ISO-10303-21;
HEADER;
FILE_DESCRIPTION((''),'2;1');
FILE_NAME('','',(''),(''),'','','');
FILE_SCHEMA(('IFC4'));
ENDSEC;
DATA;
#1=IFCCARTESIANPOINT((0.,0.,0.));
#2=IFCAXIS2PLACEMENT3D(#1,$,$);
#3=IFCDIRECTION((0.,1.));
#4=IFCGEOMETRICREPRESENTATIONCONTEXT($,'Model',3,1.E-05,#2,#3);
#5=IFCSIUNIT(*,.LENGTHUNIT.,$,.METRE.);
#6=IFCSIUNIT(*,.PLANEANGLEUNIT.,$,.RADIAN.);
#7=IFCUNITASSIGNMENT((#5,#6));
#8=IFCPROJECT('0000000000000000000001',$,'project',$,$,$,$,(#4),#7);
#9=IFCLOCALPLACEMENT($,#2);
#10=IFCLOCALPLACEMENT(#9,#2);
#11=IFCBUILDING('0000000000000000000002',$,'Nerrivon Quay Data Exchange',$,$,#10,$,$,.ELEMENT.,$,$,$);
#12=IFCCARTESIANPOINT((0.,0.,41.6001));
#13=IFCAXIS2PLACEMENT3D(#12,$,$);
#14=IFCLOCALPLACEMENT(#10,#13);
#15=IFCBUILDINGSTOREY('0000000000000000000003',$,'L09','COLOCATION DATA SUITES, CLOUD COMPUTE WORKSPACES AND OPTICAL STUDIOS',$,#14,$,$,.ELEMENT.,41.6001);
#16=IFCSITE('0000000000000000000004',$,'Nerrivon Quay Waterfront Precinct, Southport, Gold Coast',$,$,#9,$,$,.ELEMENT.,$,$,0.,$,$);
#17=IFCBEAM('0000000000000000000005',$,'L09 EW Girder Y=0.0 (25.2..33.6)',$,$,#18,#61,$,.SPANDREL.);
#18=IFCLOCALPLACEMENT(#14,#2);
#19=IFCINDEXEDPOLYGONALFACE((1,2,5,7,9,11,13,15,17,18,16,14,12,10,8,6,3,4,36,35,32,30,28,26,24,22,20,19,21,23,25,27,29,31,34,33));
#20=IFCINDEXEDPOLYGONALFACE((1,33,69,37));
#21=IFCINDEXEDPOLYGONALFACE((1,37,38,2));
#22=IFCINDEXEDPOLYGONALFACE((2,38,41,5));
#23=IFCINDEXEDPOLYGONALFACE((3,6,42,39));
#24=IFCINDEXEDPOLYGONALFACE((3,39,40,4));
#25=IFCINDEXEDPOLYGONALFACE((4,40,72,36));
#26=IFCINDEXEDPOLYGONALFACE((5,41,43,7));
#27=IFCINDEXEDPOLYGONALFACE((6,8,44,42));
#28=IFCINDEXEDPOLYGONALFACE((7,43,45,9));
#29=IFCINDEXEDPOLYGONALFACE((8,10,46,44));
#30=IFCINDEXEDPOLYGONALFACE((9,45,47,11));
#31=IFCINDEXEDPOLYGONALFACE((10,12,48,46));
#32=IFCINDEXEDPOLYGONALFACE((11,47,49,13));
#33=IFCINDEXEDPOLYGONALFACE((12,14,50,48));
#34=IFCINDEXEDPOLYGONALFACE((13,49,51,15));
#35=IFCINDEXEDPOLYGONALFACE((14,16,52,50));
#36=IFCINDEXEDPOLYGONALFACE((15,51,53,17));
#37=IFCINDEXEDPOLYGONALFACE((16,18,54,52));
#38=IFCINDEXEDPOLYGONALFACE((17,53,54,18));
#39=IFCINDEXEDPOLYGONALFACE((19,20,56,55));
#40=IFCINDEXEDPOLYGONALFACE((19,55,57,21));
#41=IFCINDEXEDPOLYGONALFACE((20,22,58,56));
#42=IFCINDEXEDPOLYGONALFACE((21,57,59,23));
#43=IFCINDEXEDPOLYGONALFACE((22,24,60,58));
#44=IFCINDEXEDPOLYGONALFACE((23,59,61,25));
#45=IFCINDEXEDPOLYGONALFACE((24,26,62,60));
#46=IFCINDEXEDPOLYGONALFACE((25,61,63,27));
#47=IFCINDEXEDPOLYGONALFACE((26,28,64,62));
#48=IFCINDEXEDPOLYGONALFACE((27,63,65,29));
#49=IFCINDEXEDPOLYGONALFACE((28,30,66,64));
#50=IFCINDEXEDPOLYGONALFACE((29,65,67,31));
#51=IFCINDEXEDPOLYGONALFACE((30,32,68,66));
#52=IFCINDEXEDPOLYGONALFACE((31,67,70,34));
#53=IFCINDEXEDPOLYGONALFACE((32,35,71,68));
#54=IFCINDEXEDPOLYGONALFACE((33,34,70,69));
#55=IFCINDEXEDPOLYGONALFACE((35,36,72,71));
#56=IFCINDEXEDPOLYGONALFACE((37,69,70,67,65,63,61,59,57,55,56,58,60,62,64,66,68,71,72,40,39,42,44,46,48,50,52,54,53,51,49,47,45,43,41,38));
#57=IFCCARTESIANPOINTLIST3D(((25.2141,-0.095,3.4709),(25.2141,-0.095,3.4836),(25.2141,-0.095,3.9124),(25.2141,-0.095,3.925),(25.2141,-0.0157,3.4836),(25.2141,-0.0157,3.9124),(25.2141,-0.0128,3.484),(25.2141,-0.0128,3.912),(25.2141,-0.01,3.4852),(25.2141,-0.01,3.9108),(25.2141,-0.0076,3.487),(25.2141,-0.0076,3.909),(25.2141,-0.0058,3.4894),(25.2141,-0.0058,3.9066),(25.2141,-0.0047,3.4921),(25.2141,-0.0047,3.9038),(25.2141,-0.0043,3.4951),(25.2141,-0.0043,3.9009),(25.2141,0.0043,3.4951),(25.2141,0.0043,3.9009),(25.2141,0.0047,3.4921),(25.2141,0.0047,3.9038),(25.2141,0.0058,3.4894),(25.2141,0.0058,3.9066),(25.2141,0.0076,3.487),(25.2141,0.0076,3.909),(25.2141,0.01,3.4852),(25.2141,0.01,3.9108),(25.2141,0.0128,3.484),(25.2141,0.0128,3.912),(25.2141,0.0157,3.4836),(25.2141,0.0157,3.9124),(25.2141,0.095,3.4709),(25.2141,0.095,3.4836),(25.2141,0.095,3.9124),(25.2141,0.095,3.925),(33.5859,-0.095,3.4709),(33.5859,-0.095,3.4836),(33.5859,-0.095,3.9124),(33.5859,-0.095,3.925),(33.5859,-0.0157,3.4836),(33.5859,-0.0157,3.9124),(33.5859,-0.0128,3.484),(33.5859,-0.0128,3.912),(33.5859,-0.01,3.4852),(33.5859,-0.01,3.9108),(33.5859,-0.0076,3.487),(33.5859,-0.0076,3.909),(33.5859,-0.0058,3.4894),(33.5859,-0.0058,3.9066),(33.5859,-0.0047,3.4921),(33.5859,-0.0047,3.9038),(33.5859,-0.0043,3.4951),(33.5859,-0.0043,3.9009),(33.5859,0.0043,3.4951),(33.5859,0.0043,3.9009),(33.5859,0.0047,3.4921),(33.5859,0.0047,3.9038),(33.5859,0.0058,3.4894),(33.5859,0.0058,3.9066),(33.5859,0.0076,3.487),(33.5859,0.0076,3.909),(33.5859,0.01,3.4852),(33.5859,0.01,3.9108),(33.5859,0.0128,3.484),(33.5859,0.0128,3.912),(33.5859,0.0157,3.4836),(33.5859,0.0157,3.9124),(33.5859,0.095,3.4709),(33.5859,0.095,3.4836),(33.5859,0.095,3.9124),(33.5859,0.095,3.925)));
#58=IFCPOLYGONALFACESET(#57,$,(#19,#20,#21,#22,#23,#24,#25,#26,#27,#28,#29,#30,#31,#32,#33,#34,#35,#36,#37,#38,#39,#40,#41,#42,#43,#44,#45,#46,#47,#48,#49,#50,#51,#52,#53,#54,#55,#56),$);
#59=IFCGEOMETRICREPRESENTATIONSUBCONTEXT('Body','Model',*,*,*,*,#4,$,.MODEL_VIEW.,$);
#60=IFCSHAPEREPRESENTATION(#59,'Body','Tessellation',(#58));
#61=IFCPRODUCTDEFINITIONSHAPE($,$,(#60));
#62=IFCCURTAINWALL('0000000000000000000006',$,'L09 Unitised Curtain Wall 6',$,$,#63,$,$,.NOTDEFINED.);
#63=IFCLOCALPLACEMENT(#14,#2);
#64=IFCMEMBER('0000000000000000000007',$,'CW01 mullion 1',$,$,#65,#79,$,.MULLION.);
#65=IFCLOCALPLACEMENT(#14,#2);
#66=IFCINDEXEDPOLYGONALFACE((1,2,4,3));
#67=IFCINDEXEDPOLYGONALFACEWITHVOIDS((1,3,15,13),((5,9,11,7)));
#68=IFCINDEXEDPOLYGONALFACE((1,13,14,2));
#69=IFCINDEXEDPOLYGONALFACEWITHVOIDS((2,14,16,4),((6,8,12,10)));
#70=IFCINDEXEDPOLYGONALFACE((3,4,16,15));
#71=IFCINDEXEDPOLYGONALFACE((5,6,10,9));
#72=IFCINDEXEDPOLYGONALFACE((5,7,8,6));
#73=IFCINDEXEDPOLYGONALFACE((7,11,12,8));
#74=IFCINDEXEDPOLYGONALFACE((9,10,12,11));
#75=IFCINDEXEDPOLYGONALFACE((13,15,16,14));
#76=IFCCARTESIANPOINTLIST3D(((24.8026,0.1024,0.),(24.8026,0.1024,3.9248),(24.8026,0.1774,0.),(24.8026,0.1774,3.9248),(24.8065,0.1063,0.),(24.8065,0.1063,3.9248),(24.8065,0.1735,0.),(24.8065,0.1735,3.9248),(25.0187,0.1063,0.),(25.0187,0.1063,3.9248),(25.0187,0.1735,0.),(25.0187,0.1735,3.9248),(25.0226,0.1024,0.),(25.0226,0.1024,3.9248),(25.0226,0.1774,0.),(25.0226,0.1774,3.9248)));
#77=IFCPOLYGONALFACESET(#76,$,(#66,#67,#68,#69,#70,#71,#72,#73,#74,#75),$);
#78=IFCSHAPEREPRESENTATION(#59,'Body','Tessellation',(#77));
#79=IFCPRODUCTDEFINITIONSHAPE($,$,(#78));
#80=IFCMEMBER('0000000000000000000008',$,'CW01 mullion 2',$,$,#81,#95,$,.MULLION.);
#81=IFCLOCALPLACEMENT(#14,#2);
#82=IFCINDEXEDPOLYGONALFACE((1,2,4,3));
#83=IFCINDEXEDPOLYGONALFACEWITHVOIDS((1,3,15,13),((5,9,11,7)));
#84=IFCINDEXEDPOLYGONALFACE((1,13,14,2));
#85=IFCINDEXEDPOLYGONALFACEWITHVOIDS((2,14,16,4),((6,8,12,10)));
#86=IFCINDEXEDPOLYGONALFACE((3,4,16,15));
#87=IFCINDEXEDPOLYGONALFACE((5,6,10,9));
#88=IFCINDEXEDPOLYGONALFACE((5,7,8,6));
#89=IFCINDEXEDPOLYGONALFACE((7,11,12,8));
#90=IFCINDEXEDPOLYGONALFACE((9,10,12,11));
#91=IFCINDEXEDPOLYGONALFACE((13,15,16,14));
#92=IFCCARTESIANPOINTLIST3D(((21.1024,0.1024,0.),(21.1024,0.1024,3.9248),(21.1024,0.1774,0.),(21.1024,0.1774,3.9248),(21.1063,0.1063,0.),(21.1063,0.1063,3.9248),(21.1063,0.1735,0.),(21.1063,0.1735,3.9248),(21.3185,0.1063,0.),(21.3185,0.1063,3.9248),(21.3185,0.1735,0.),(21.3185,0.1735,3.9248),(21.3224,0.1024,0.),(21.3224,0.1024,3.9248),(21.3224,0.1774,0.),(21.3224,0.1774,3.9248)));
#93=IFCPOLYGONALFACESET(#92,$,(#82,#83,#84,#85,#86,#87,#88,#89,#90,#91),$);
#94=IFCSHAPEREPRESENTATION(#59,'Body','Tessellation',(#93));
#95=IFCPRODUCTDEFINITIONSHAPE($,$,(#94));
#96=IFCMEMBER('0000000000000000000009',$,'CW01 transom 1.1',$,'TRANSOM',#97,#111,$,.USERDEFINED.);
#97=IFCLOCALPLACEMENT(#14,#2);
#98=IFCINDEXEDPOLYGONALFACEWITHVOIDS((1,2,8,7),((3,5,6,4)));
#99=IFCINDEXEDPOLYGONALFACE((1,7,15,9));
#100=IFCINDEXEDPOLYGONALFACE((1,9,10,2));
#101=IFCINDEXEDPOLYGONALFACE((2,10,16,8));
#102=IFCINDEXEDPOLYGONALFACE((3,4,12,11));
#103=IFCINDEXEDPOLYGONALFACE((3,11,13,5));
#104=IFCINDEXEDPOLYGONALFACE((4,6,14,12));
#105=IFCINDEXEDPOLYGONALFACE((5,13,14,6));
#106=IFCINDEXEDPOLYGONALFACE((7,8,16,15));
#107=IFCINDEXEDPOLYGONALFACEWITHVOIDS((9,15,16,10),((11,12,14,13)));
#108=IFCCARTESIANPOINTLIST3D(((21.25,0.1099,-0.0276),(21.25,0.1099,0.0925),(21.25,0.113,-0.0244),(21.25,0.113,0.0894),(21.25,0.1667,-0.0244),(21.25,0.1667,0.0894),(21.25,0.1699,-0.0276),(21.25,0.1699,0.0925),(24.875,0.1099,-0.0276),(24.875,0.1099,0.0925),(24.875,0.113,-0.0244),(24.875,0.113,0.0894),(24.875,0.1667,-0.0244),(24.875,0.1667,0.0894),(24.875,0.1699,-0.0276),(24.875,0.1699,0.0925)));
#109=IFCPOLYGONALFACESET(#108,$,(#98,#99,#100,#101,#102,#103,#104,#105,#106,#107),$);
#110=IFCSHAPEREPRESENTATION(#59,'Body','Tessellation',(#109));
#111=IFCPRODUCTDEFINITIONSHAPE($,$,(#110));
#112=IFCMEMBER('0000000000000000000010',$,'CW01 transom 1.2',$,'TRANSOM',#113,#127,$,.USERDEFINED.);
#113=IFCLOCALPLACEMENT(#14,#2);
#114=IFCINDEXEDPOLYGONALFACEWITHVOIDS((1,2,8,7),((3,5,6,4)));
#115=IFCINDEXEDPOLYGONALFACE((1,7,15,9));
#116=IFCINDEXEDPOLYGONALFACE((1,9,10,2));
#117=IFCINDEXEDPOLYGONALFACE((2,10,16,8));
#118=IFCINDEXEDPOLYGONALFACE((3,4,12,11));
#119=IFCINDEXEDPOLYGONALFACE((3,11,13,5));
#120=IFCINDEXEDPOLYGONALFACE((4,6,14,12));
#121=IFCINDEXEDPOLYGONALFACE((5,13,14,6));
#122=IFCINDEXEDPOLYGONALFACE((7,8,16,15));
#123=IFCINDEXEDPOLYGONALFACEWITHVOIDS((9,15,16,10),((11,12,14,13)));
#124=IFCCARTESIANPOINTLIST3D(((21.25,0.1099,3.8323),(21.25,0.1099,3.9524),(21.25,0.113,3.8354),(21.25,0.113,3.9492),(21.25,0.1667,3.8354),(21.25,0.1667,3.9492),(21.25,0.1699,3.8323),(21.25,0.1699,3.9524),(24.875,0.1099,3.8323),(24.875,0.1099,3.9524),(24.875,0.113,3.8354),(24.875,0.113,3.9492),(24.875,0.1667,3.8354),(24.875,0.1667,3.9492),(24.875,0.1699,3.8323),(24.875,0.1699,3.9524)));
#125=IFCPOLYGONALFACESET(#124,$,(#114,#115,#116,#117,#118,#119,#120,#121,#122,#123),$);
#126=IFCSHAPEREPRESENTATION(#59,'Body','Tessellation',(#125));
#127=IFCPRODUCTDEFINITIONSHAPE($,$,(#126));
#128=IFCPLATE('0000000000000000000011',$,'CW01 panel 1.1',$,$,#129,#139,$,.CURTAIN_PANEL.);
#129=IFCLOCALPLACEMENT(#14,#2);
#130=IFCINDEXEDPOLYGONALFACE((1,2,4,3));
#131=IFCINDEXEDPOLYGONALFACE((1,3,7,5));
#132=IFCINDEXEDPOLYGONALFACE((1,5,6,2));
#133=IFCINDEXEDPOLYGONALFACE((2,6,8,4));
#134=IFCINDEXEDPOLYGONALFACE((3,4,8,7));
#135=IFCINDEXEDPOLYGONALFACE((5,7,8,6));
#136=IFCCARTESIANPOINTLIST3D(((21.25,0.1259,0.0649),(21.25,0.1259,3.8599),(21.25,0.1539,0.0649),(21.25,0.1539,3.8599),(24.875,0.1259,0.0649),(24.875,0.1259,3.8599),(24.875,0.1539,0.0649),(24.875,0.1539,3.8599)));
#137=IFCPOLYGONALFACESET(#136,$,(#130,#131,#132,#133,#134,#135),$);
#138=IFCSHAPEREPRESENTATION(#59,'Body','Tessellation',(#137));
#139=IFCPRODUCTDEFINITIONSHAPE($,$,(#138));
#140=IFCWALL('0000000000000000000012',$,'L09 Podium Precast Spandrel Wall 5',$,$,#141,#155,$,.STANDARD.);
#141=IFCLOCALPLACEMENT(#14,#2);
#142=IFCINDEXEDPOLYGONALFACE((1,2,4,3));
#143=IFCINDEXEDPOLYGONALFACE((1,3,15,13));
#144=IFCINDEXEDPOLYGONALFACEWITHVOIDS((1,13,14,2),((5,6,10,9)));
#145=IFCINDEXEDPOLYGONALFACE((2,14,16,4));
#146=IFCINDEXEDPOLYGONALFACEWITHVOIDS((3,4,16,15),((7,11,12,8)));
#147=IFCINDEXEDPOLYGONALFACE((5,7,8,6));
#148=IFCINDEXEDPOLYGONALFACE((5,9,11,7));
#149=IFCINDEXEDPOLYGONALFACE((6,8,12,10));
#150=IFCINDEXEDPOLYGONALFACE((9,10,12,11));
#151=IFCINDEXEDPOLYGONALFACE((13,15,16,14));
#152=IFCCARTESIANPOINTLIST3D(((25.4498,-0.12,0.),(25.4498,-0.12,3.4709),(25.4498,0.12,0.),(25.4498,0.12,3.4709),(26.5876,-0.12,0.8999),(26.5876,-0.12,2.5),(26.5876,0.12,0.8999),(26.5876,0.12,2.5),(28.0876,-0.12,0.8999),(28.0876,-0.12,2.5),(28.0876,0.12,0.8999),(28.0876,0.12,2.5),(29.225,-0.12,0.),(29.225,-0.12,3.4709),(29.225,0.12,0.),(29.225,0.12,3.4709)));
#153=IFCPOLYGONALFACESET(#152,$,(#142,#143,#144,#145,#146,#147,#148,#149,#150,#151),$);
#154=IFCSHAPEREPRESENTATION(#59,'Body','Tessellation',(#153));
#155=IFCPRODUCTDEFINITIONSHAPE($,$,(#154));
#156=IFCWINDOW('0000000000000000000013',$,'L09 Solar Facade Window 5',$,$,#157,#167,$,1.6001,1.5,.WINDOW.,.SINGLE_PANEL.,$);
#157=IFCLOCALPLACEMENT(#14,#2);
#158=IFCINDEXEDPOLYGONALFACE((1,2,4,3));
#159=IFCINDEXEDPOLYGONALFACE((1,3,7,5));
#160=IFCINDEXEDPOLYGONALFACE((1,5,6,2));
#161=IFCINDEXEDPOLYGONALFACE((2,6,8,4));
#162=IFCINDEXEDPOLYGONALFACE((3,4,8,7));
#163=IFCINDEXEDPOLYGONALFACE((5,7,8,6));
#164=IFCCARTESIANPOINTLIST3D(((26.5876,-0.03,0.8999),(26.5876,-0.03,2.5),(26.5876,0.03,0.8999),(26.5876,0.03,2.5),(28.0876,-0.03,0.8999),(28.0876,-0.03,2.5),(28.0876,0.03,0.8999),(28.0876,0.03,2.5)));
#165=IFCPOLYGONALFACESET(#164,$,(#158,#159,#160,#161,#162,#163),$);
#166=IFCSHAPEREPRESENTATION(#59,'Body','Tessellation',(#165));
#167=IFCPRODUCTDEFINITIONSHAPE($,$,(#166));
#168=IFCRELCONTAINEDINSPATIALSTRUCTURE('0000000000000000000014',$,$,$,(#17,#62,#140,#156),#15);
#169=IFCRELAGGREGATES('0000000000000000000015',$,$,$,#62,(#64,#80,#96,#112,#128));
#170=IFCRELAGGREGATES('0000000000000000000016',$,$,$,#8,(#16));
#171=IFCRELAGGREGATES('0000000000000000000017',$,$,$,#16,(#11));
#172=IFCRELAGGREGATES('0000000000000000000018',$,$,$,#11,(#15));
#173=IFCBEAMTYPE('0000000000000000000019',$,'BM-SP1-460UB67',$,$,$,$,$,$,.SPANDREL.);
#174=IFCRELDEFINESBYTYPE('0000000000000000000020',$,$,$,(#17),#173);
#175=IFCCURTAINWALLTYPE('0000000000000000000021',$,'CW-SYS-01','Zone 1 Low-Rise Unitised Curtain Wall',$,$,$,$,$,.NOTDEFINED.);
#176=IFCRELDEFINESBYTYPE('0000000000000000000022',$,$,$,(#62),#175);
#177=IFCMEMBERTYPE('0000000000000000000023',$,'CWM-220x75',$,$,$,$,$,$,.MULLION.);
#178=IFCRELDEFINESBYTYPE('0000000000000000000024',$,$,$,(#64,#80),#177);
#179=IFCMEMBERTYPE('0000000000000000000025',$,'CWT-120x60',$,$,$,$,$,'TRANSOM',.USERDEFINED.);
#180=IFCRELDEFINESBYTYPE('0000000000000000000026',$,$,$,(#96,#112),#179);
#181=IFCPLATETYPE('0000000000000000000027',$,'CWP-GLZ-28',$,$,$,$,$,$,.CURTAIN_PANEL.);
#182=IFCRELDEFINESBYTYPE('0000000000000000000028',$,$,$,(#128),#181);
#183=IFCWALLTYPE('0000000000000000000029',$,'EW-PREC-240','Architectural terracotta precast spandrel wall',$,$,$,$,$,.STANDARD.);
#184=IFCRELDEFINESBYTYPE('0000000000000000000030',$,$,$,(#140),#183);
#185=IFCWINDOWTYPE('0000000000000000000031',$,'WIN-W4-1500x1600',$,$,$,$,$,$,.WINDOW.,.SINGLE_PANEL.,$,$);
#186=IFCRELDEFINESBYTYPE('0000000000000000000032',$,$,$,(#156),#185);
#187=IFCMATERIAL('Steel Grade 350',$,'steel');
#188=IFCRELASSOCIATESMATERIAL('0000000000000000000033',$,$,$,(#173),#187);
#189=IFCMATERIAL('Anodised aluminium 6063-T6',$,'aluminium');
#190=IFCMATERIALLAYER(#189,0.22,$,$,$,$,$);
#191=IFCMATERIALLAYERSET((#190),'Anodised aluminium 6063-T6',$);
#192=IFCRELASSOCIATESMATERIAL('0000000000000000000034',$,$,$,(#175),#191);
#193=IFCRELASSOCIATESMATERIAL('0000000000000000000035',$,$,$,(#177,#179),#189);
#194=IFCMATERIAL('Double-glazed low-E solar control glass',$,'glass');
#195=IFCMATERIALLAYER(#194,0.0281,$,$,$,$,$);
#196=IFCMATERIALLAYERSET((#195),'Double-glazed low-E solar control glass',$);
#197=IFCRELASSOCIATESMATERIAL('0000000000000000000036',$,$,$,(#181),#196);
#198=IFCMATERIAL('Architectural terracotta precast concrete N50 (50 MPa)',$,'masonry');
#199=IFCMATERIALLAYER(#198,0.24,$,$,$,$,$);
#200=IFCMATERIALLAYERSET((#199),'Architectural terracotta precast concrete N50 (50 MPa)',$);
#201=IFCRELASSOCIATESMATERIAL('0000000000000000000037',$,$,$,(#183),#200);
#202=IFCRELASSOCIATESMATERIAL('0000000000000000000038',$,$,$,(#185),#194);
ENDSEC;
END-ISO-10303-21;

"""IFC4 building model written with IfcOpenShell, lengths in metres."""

from ifc_helpers import new_model, si_unit, direction, frame, frame_2d, origin, origin_2d, place, context, subcontext, project, spatial, rectangle, hollow_rectangle, i_section, extrude, material, layer, layer_set, material_profile, profile_set, type_object, element, fill, aggregate, save


model = new_model("IFC4")

# Units and contexts
model_context = context("Model", 3, precision=1e-05, world=origin(), true_north=direction((0.0, 1.0)))
body_context = subcontext(model_context, "Body", "Model", "MODEL_VIEW")
ifc_project = project(units=[si_unit("LENGTHUNIT", "METRE"), si_unit("PLANEANGLEUNIT", "RADIAN")], contexts=[model_context])

# Site, building, storey
site_placement = place(None, origin())
site = spatial("IfcSite", under=ifc_project, at=site_placement, Name="Nerrivon Quay Waterfront Precinct, Southport, Gold Coast", CompositionType="ELEMENT", RefElevation=0.0)
building_placement = place(site_placement, origin())
building = spatial("IfcBuilding", under=site, at=building_placement, Name="Nerrivon Quay Data Exchange", CompositionType="ELEMENT")
storey_placement = place(building_placement, frame((0.0, 0.0, 41.6001)))
storey = spatial("IfcBuildingStorey", under=building, at=storey_placement, Name="L09", Description="COLOCATION DATA SUITES, CLOUD COMPUTE WORKSPACES AND OPTICAL STUDIOS", CompositionType="ELEMENT", Elevation=41.6001)

# Shared definitions
ifc_material_1 = material(Name="Steel Grade 350", Category="steel")

# Beam
ifc_material_profile_1 = material_profile(ifc_material_1, i_section(OverallWidth=0.1899, OverallDepth=0.4541, WebThickness=0.0085, FlangeThickness=0.0127, FilletRadius=0.0115, at=origin_2d()), Name="460UB67.1")
ifc_profile_set_1 = profile_set([ifc_material_profile_1], Name="Steel Grade 350")
beam_type_1 = type_object("IfcBeamType", Name="BM-SP1-460UB67", PredefinedType="SPANDREL", material=ifc_profile_set_1)
beam_1_placement = place(storey_placement, frame((25.2141, 0.0, 3.698), z_axis=(1.0, 0.0, 0.0), x_axis=(0.0, 1.0, 0.0)))
element("IfcBeam", 1, at=beam_1_placement, inside=storey, type_object=beam_type_1, Name="L09 EW Girder Y=0.0 (25.2..33.6)", PredefinedType="SPANDREL", context=body_context, shape_type="SweptSolid", body=[
    extrude(i_section(OverallWidth=0.1899, OverallDepth=0.4541, WebThickness=0.0085, FlangeThickness=0.0127, FilletRadius=0.0115, at=origin_2d()), origin(), (0.0, 0.0, 1.0), 8.3718),
])

# Curtain wall, members, plate
ifc_material_2 = material(Name="Anodised aluminium 6063-T6", Category="aluminium")
ifc_layer_1 = layer(ifc_material_2, 0.22)
ifc_layer_set_1 = layer_set([ifc_layer_1], Name="Anodised aluminium 6063-T6")
curtain_wall_type = type_object("IfcCurtainWallType", Name="CW-SYS-01", Description="Zone 1 Low-Rise Unitised Curtain Wall", PredefinedType="NOTDEFINED", material=ifc_layer_set_1)
curtain_wall_placement = place(storey_placement, origin())
curtain_wall = element("IfcCurtainWall", 2, at=curtain_wall_placement, inside=storey, type_object=curtain_wall_type, Name="L09 Unitised Curtain Wall 6", PredefinedType="NOTDEFINED")
ifc_material_profile_2 = material_profile(ifc_material_2, hollow_rectangle(XDim=0.075, YDim=0.22, WallThickness=0.0039, at=origin_2d()), Name="ALU-MULL-220x75")
ifc_profile_set_2 = profile_set([ifc_material_profile_2], Name="Anodised aluminium 6063-T6")
member_type_1 = type_object("IfcMemberType", Name="CWM-220x75", PredefinedType="MULLION", material=ifc_profile_set_2)
member_1_placement = place(storey_placement, frame((24.9126, 0.1399, 0.0), z_axis=(0.0, 0.0, 1.0), x_axis=(0.0, -1.0, 0.0)))
member_1 = element("IfcMember", 3, at=member_1_placement, type_object=member_type_1, Name="CW01 mullion 1", PredefinedType="MULLION", context=body_context, shape_type="SweptSolid", body=[
    extrude(hollow_rectangle(XDim=0.075, YDim=0.22, WallThickness=0.0039, at=origin_2d()), origin(), (0.0, 0.0, 1.0), 3.9248),
])
member_2_placement = place(storey_placement, frame((21.2124, 0.1399, 0.0), z_axis=(0.0, 0.0, 1.0), x_axis=(0.0, -1.0, 0.0)))
member_2 = element("IfcMember", 4, at=member_2_placement, type_object=member_type_1, Name="CW01 mullion 2", PredefinedType="MULLION", context=body_context, shape_type="SweptSolid", body=[
    extrude(hollow_rectangle(XDim=0.075, YDim=0.22, WallThickness=0.0039, at=origin_2d()), origin(), (0.0, 0.0, 1.0), 3.9248),
])
ifc_material_profile_3 = material_profile(ifc_material_2, hollow_rectangle(XDim=0.0601, YDim=0.1201, WallThickness=0.0032, at=origin_2d()), Name="ALU-TRAN-120x60")
ifc_profile_set_3 = profile_set([ifc_material_profile_3], Name="Anodised aluminium 6063-T6")
member_type_2 = type_object("IfcMemberType", Name="CWT-120x60", ElementType="TRANSOM", PredefinedType="USERDEFINED", material=ifc_profile_set_3)
member_3_placement = place(storey_placement, frame((24.875, 0.1399, 0.0325), z_axis=(-1.0, 0.0, 0.0), x_axis=(0.0, -1.0, 0.0)))
member_3 = element("IfcMember", 5, at=member_3_placement, type_object=member_type_2, Name="CW01 transom 1.1", ObjectType="TRANSOM", PredefinedType="USERDEFINED", context=body_context, shape_type="SweptSolid", body=[
    extrude(hollow_rectangle(XDim=0.0601, YDim=0.1201, WallThickness=0.0032, at=origin_2d()), origin(), (0.0, 0.0, 1.0), 3.625),
])
member_4_placement = place(storey_placement, frame((24.875, 0.1399, 3.8923), z_axis=(-1.0, 0.0, 0.0), x_axis=(0.0, -1.0, 0.0)))
member_4 = element("IfcMember", 6, at=member_4_placement, type_object=member_type_2, Name="CW01 transom 1.2", ObjectType="TRANSOM", PredefinedType="USERDEFINED", context=body_context, shape_type="SweptSolid", body=[
    extrude(hollow_rectangle(XDim=0.0601, YDim=0.1201, WallThickness=0.0032, at=origin_2d()), origin(), (0.0, 0.0, 1.0), 3.625),
])
ifc_material_3 = material(Name="Double-glazed low-E solar control glass", Category="glass")
ifc_layer_2 = layer(ifc_material_3, 0.0281)
ifc_layer_set_2 = layer_set([ifc_layer_2], Name="Double-glazed low-E solar control glass")
plate_type = type_object("IfcPlateType", Name="CWP-GLZ-28", PredefinedType="CURTAIN_PANEL", material=ifc_layer_set_2)
plate_placement = place(storey_placement, frame((23.0625, 0.1399, 0.0649), z_axis=(0.0, 0.0, 1.0), x_axis=(-1.0, 0.0, 0.0)))
plate = element("IfcPlate", 7, at=plate_placement, type_object=plate_type, Name="CW01 panel 1.1", PredefinedType="CURTAIN_PANEL", context=body_context, shape_type="SweptSolid", body=[
    extrude(rectangle(XDim=3.625, YDim=0.0281, at=origin_2d()), origin(), (0.0, 0.0, 1.0), 3.7949),
])
aggregate(curtain_wall, [member_1, member_2, member_3, member_4, plate])

# Wall, opening, window
ifc_material_4 = material(Name="Architectural terracotta precast concrete N50 (50 MPa)", Category="masonry")
ifc_layer_3 = layer(ifc_material_4, 0.24)
ifc_layer_set_3 = layer_set([ifc_layer_3], Name="Architectural terracotta precast concrete N50 (50 MPa)")
wall_type_1 = type_object("IfcWallType", Name="EW-PREC-240", Description="Architectural terracotta precast spandrel wall", PredefinedType="STANDARD", material=ifc_layer_set_3)
wall_1_placement = place(storey_placement, frame((29.2251, 0.0, 0.0), z_axis=(0.0, 0.0, 1.0), x_axis=(-1.0, 0.0, 0.0)))
wall_1 = element("IfcWall", 8, at=wall_1_placement, inside=storey, type_object=wall_type_1, Name="L09 Podium Precast Spandrel Wall 5", PredefinedType="STANDARD", context=body_context, shape_type="SweptSolid", body=[
    extrude(rectangle(XDim=3.7751, YDim=0.24, at=frame_2d((1.8877, 0.0))), origin(), (0.0, 0.0, 1.0), 3.4709),
])
opening_1_placement = place(wall_1_placement, frame((1.1375, 0.0, 0.8999)))
opening_1 = element("IfcOpeningElement", 9, at=opening_1_placement, cuts=wall_1, PredefinedType="OPENING", context=body_context, shape_type="SweptSolid", body=[
    extrude(rectangle(XDim=1.5, YDim=1.6001, at=frame_2d((0.75, 0.8))), frame((0.0, 0.1299, 0.0), z_axis=(0.0, -1.0, 0.0), x_axis=(1.0, 0.0, 0.0)), (0.0, 0.0, 1.0), 0.26),
])
window_type = type_object("IfcWindowType", Name="WIN-W4-1500x1600", PartitioningType="SINGLE_PANEL", PredefinedType="WINDOW", material=ifc_material_3)
window_1_placement = place(opening_1_placement, origin())
window_1 = element("IfcWindow", 10, at=window_1_placement, inside=storey, type_object=window_type, Name="L09 Solar Facade Window 5", OverallHeight=1.6001, OverallWidth=1.5, PartitioningType="SINGLE_PANEL", PredefinedType="WINDOW", context=body_context, shape_type="SweptSolid", body=[
    extrude(rectangle(XDim=1.5, YDim=1.6001, at=frame_2d((0.75, 0.8))), frame((0.0, 0.03, 0.0), z_axis=(0.0, -1.0, 0.0), x_axis=(1.0, 0.0, 0.0)), (0.0, 0.0, 1.0), 0.0601),
])
fill(opening_1, window_1)

save(model, "model.ifc")
